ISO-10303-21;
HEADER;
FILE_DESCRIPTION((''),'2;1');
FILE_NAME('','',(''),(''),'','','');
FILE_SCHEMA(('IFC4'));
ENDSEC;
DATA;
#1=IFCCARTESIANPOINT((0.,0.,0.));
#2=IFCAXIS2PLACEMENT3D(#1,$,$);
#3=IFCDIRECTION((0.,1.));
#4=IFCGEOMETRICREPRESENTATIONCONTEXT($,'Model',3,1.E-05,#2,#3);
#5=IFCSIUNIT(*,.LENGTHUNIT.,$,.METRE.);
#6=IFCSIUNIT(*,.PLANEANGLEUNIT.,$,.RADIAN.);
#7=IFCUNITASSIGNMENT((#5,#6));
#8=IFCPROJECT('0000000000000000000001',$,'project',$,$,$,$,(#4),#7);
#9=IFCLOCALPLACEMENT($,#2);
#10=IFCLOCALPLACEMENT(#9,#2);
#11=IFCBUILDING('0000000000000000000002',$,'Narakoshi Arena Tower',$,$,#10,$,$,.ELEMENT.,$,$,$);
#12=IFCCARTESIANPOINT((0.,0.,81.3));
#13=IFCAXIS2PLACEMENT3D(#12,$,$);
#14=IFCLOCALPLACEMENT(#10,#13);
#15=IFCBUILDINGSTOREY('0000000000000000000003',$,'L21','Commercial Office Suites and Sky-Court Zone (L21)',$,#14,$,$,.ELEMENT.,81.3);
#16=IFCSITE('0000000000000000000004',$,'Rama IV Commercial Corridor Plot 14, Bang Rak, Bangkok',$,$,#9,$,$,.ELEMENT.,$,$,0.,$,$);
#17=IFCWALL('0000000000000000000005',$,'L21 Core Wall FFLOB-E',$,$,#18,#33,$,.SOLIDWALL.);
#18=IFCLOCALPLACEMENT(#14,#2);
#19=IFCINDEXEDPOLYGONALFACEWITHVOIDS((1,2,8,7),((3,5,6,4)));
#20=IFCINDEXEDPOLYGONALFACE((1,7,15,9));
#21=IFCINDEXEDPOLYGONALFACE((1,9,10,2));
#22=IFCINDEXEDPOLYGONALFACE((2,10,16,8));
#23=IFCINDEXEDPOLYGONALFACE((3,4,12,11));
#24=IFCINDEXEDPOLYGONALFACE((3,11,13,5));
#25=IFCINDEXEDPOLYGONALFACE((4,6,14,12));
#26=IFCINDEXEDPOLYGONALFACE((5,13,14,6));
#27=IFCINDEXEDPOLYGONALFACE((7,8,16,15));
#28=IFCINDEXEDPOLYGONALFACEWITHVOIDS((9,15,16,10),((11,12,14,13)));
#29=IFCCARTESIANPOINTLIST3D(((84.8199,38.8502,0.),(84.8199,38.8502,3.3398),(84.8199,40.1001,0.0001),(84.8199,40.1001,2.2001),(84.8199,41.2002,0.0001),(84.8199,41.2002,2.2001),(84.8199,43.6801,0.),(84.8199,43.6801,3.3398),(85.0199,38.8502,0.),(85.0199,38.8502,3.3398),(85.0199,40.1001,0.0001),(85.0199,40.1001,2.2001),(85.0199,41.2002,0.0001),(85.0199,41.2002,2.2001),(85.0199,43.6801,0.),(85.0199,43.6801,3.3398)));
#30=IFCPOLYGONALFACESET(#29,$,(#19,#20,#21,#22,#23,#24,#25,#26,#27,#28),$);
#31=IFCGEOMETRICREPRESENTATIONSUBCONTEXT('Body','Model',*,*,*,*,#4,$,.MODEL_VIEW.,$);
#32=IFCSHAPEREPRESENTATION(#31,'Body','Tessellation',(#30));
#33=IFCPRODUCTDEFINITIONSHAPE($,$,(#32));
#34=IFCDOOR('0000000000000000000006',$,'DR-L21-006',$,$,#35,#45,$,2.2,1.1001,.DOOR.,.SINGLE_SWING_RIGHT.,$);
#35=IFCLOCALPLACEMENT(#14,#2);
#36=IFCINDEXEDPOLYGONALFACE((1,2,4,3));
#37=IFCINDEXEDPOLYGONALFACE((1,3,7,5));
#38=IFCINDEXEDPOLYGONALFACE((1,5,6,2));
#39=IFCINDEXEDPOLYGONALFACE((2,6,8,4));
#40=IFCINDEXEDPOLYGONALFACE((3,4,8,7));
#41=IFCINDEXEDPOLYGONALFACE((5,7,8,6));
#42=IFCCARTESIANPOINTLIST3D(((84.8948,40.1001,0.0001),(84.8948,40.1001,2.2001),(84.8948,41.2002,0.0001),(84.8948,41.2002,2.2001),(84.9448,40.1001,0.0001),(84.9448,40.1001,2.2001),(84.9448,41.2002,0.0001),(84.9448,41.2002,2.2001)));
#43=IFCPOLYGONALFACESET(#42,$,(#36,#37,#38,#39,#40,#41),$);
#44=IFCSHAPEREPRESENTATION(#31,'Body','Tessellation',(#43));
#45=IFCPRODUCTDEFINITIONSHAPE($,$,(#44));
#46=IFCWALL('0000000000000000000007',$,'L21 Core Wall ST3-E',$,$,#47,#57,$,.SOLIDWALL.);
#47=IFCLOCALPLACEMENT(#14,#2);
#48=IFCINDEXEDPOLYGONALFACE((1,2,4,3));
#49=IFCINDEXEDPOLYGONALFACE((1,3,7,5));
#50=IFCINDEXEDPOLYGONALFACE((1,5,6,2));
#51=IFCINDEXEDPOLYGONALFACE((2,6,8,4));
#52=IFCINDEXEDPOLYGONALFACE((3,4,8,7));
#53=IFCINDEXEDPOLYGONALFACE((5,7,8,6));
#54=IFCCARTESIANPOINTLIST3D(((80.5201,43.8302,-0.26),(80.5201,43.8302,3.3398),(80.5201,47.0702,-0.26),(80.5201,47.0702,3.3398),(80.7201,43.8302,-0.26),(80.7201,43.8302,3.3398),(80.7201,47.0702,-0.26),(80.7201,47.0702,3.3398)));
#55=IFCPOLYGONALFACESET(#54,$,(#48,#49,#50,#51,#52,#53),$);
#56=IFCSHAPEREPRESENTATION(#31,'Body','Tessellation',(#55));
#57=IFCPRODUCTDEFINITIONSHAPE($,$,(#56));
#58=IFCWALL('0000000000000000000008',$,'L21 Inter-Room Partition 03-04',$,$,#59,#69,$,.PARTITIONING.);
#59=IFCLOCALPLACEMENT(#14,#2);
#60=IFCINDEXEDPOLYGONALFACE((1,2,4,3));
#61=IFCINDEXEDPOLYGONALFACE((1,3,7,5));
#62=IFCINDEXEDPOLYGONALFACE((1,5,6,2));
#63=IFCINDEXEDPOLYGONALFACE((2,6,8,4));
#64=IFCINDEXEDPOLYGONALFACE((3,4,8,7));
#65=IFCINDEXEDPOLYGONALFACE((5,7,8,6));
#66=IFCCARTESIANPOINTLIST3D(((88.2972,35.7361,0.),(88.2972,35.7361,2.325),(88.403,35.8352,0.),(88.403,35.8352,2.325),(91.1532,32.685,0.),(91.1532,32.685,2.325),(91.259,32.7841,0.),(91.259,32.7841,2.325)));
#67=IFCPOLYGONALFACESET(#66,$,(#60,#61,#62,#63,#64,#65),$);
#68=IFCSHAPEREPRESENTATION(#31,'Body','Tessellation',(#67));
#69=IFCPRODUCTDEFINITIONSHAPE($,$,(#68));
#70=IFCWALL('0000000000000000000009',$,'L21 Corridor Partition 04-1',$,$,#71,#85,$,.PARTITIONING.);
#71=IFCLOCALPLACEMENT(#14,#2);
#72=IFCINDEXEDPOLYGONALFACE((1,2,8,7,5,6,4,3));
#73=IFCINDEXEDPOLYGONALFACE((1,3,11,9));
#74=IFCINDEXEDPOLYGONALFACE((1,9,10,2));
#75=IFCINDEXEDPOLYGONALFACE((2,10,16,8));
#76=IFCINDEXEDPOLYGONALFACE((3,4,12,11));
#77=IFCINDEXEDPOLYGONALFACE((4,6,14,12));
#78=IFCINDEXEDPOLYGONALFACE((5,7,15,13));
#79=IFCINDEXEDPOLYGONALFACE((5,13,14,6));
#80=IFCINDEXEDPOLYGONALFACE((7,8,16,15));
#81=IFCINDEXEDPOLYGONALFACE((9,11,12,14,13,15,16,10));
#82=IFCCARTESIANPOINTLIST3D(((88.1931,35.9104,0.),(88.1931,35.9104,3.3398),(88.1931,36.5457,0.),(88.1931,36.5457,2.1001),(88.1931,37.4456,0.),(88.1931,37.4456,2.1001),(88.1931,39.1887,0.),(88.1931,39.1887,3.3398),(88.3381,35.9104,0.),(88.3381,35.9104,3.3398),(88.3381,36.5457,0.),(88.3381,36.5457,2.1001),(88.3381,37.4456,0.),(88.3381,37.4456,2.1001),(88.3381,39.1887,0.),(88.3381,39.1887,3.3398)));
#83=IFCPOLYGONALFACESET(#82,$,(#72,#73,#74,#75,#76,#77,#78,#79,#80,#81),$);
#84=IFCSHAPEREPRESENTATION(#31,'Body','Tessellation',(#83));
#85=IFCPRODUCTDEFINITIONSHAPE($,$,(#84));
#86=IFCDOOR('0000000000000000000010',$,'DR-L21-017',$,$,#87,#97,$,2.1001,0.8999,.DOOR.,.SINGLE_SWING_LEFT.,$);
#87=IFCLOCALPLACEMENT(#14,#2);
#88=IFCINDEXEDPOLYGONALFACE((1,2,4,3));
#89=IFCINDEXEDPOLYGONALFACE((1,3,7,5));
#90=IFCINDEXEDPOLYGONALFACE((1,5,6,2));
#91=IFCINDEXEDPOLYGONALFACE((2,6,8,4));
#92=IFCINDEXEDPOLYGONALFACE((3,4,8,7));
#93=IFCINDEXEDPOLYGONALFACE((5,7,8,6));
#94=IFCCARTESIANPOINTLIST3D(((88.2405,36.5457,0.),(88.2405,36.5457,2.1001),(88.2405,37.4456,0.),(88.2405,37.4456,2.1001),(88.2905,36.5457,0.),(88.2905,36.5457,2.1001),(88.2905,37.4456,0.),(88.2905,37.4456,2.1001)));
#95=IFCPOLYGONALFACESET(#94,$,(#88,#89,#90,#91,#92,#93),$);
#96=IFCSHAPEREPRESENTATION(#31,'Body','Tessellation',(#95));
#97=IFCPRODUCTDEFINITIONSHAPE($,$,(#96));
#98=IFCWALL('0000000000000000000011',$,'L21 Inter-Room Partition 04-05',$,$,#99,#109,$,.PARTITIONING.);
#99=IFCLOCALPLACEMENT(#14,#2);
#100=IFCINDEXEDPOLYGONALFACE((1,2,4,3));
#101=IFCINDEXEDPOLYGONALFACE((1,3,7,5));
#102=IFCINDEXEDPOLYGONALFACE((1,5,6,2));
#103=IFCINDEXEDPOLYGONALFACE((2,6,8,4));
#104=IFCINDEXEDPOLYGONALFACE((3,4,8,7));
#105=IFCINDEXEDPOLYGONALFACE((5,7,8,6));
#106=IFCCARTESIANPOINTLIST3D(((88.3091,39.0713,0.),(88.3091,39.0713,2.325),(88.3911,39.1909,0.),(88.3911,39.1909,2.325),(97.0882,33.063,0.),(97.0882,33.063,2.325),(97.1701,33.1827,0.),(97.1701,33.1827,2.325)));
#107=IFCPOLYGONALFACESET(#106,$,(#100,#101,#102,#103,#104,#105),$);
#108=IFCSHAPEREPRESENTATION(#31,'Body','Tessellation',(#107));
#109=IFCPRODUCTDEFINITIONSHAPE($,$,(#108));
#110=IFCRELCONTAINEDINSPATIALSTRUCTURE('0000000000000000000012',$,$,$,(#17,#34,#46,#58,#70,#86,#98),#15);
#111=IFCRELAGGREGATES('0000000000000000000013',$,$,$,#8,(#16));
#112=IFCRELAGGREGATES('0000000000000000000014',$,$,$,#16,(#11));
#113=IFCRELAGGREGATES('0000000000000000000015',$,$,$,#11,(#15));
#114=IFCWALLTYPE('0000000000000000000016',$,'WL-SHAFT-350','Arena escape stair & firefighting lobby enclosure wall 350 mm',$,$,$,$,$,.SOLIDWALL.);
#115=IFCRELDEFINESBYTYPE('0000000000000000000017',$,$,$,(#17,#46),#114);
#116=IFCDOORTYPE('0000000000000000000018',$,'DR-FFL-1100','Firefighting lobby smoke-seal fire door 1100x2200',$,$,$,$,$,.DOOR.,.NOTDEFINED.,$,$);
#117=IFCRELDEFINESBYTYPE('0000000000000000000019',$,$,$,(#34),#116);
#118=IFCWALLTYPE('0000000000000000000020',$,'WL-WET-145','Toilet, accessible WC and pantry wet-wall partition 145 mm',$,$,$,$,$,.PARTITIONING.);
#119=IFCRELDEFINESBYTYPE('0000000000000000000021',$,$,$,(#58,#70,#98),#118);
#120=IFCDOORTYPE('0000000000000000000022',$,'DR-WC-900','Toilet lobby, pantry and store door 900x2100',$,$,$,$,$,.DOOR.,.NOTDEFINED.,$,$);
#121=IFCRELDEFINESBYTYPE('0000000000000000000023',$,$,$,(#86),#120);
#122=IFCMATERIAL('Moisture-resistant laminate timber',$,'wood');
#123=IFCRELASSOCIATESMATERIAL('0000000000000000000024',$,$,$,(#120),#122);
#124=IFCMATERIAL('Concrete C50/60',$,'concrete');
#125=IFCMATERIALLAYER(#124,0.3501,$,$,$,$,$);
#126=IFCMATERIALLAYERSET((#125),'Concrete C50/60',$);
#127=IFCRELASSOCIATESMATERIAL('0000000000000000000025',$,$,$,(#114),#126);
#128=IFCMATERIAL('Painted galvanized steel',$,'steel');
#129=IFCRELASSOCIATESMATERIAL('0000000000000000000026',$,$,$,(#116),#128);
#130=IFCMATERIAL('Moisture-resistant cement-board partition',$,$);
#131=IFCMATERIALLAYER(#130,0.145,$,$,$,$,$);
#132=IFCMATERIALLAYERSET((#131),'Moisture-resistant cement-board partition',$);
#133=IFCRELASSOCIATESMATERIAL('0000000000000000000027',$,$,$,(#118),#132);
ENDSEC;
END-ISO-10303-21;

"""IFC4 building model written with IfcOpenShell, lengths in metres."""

from ifc_helpers import new_model, si_unit, direction, frame, frame_2d, origin, place, context, subcontext, project, spatial, rectangle, extrude, material, layer, layer_set, type_object, element, fill, save


model = new_model("IFC4")

# Units and contexts
model_context = context("Model", 3, precision=1e-05, world=origin(), true_north=direction((0.0, 1.0)))
body_context = subcontext(model_context, "Body", "Model", "MODEL_VIEW")
ifc_project = project(units=[si_unit("LENGTHUNIT", "METRE"), si_unit("PLANEANGLEUNIT", "RADIAN")], contexts=[model_context])

# Site, building, storey
site_placement = place(None, origin())
site = spatial("IfcSite", under=ifc_project, at=site_placement, Name="Rama IV Commercial Corridor Plot 14, Bang Rak, Bangkok", CompositionType="ELEMENT", RefElevation=0.0)
building_placement = place(site_placement, origin())
building = spatial("IfcBuilding", under=site, at=building_placement, Name="Narakoshi Arena Tower", CompositionType="ELEMENT")
storey_placement = place(building_placement, frame((0.0, 0.0, 81.3)))
storey = spatial("IfcBuildingStorey", under=building, at=storey_placement, Name="L21", Description="Commercial Office Suites and Sky-Court Zone (L21)", CompositionType="ELEMENT", Elevation=81.3)

# Shared definitions
ifc_material_1 = material(Name="Moisture-resistant laminate timber", Category="wood")
door_type_1 = type_object("IfcDoorType", Name="DR-WC-900", Description="Toilet lobby, pantry and store door 900x2100", OperationType="NOTDEFINED", PredefinedType="DOOR", material=ifc_material_1)

# Shared definitions
ifc_material_2 = material(Name="Concrete C50/60", Category="concrete")
ifc_layer_1 = layer(ifc_material_2, 0.3501)
ifc_layer_set_1 = layer_set([ifc_layer_1], Name="Concrete C50/60")
wall_type_1 = type_object("IfcWallType", Name="WL-SHAFT-350", Description="Arena escape stair & firefighting lobby enclosure wall 350 mm", PredefinedType="SOLIDWALL", material=ifc_layer_set_1)
ifc_material_3 = material(Name="Painted galvanized steel", Category="steel")

# Wall, opening, door
wall_1_placement = place(storey_placement, frame((84.9199, 38.8501, 0.0), z_axis=(0.0, 0.0, 1.0), x_axis=(0.0, 1.0, 0.0)))
wall_1 = element("IfcWall", 1, at=wall_1_placement, inside=storey, type_object=wall_type_1, Name="L21 Core Wall FFLOB-E", PredefinedType="SOLIDWALL", context=body_context, shape_type="SweptSolid", body=[
    extrude(rectangle(XDim=4.8298, YDim=0.2, at=frame_2d((2.415, 0.0))), origin(), (0.0, 0.0, 1.0), 3.3398),
])
opening_1_placement = place(wall_1_placement, frame((1.25, 0.0, 0.0)))
opening_1 = element("IfcOpeningElement", 2, at=opening_1_placement, cuts=wall_1, PredefinedType="OPENING", context=body_context, shape_type="SweptSolid", body=[
    extrude(rectangle(XDim=1.1001, YDim=2.2, at=frame_2d((0.55, 1.1001))), frame((0.0, 0.1099, 0.0), z_axis=(0.0, -1.0, 0.0), x_axis=(1.0, 0.0, 0.0)), (0.0, 0.0, 1.0), 0.22),
])
door_type_2 = type_object("IfcDoorType", Name="DR-FFL-1100", Description="Firefighting lobby smoke-seal fire door 1100x2200", OperationType="NOTDEFINED", PredefinedType="DOOR", material=ifc_material_3)
door_1_placement = place(opening_1_placement, frame((1.1001, 0.0, 0.0), z_axis=(0.0, 0.0, 1.0), x_axis=(-1.0, 0.0, 0.0)))
door_1 = element("IfcDoor", 3, at=door_1_placement, inside=storey, type_object=door_type_2, Name="DR-L21-006", OperationType="SINGLE_SWING_RIGHT", OverallHeight=2.2, OverallWidth=1.1001, PredefinedType="DOOR", context=body_context, shape_type="SweptSolid", body=[
    extrude(rectangle(XDim=1.1001, YDim=2.2, at=frame_2d((0.55, 1.1001))), frame((0.0, 0.0249, 0.0), z_axis=(0.0, -1.0, 0.0), x_axis=(1.0, 0.0, 0.0)), (0.0, 0.0, 1.0), 0.05),
])
fill(opening_1, door_1)

# Walls
wall_2_placement = place(storey_placement, frame((80.6201, 43.8301, -0.26), z_axis=(0.0, 0.0, 1.0), x_axis=(0.0, 1.0, 0.0)))
element("IfcWall", 4, at=wall_2_placement, inside=storey, type_object=wall_type_1, Name="L21 Core Wall ST3-E", PredefinedType="SOLIDWALL", context=body_context, shape_type="SweptSolid", body=[
    extrude(rectangle(XDim=3.24, YDim=0.2, at=frame_2d((1.6201, 0.0))), origin(), (0.0, 0.0, 1.0), 3.5999),
])
ifc_material_4 = material(Name="Moisture-resistant cement-board partition")
ifc_layer_2 = layer(ifc_material_4, 0.145)
ifc_layer_set_2 = layer_set([ifc_layer_2], Name="Moisture-resistant cement-board partition")
wall_type_2 = type_object("IfcWallType", Name="WL-WET-145", Description="Toilet, accessible WC and pantry wet-wall partition 145 mm", PredefinedType="PARTITIONING", material=ifc_layer_set_2)
wall_3_placement = place(storey_placement, frame((88.3501, 35.7856, 0.0), z_axis=(0.0, 0.0, 1.0), x_axis=(0.683383, -0.73006, 0.0)))
element("IfcWall", 5, at=wall_3_placement, inside=storey, type_object=wall_type_2, Name="L21 Inter-Room Partition 03-04", PredefinedType="PARTITIONING", context=body_context, shape_type="SweptSolid", body=[
    extrude(rectangle(XDim=4.1792, YDim=0.145, at=frame_2d((2.0896, 0.0))), origin(), (0.0, 0.0, 1.0), 2.325),
])

# Wall, opening, door
wall_4_placement = place(storey_placement, frame((88.2656, 35.9104, 0.0), z_axis=(0.0, 0.0, 1.0), x_axis=(0.0, 1.0, 0.0)))
wall_4 = element("IfcWall", 6, at=wall_4_placement, inside=storey, type_object=wall_type_2, Name="L21 Corridor Partition 04-1", PredefinedType="PARTITIONING", context=body_context, shape_type="SweptSolid", body=[
    extrude(rectangle(XDim=3.2783, YDim=0.145, at=frame_2d((1.6392, 0.0))), origin(), (0.0, 0.0, 1.0), 3.3398),
])
opening_2_placement = place(wall_4_placement, frame((0.6353, 0.0, 0.0)))
opening_2 = element("IfcOpeningElement", 7, at=opening_2_placement, cuts=wall_4, PredefinedType="OPENING", context=body_context, shape_type="SweptSolid", body=[
    extrude(rectangle(XDim=0.8999, YDim=2.1001, at=frame_2d((0.45, 1.05))), frame((0.0, 0.0825, 0.0), z_axis=(0.0, -1.0, 0.0), x_axis=(1.0, 0.0, 0.0)), (0.0, 0.0, 1.0), 0.165),
])
door_2_placement = place(opening_2_placement, frame((0.8999, 0.0, 0.0), z_axis=(0.0, 0.0, 1.0), x_axis=(-1.0, 0.0, 0.0)))
door_2 = element("IfcDoor", 8, at=door_2_placement, inside=storey, type_object=door_type_1, Name="DR-L21-017", OperationType="SINGLE_SWING_LEFT", OverallHeight=2.1001, OverallWidth=0.8999, PredefinedType="DOOR", context=body_context, shape_type="SweptSolid", body=[
    extrude(rectangle(XDim=0.8999, YDim=2.1001, at=frame_2d((0.45, 1.05))), frame((0.0, 0.0249, 0.0), z_axis=(0.0, -1.0, 0.0), x_axis=(1.0, 0.0, 0.0)), (0.0, 0.0, 1.0), 0.05),
])
fill(opening_2, door_2)

# Wall
wall_5_placement = place(storey_placement, frame((88.3501, 39.1311, 0.0), z_axis=(0.0, 0.0, 1.0), x_axis=(0.825238, -0.564785, 0.0)))
element("IfcWall", 9, at=wall_5_placement, inside=storey, type_object=wall_type_2, Name="L21 Inter-Room Partition 04-05", PredefinedType="PARTITIONING", context=body_context, shape_type="SweptSolid", body=[
    extrude(rectangle(XDim=10.6382, YDim=0.145, at=frame_2d((5.3191, 0.0))), origin(), (0.0, 0.0, 1.0), 2.325),
])

save(model, "model.ifc")
